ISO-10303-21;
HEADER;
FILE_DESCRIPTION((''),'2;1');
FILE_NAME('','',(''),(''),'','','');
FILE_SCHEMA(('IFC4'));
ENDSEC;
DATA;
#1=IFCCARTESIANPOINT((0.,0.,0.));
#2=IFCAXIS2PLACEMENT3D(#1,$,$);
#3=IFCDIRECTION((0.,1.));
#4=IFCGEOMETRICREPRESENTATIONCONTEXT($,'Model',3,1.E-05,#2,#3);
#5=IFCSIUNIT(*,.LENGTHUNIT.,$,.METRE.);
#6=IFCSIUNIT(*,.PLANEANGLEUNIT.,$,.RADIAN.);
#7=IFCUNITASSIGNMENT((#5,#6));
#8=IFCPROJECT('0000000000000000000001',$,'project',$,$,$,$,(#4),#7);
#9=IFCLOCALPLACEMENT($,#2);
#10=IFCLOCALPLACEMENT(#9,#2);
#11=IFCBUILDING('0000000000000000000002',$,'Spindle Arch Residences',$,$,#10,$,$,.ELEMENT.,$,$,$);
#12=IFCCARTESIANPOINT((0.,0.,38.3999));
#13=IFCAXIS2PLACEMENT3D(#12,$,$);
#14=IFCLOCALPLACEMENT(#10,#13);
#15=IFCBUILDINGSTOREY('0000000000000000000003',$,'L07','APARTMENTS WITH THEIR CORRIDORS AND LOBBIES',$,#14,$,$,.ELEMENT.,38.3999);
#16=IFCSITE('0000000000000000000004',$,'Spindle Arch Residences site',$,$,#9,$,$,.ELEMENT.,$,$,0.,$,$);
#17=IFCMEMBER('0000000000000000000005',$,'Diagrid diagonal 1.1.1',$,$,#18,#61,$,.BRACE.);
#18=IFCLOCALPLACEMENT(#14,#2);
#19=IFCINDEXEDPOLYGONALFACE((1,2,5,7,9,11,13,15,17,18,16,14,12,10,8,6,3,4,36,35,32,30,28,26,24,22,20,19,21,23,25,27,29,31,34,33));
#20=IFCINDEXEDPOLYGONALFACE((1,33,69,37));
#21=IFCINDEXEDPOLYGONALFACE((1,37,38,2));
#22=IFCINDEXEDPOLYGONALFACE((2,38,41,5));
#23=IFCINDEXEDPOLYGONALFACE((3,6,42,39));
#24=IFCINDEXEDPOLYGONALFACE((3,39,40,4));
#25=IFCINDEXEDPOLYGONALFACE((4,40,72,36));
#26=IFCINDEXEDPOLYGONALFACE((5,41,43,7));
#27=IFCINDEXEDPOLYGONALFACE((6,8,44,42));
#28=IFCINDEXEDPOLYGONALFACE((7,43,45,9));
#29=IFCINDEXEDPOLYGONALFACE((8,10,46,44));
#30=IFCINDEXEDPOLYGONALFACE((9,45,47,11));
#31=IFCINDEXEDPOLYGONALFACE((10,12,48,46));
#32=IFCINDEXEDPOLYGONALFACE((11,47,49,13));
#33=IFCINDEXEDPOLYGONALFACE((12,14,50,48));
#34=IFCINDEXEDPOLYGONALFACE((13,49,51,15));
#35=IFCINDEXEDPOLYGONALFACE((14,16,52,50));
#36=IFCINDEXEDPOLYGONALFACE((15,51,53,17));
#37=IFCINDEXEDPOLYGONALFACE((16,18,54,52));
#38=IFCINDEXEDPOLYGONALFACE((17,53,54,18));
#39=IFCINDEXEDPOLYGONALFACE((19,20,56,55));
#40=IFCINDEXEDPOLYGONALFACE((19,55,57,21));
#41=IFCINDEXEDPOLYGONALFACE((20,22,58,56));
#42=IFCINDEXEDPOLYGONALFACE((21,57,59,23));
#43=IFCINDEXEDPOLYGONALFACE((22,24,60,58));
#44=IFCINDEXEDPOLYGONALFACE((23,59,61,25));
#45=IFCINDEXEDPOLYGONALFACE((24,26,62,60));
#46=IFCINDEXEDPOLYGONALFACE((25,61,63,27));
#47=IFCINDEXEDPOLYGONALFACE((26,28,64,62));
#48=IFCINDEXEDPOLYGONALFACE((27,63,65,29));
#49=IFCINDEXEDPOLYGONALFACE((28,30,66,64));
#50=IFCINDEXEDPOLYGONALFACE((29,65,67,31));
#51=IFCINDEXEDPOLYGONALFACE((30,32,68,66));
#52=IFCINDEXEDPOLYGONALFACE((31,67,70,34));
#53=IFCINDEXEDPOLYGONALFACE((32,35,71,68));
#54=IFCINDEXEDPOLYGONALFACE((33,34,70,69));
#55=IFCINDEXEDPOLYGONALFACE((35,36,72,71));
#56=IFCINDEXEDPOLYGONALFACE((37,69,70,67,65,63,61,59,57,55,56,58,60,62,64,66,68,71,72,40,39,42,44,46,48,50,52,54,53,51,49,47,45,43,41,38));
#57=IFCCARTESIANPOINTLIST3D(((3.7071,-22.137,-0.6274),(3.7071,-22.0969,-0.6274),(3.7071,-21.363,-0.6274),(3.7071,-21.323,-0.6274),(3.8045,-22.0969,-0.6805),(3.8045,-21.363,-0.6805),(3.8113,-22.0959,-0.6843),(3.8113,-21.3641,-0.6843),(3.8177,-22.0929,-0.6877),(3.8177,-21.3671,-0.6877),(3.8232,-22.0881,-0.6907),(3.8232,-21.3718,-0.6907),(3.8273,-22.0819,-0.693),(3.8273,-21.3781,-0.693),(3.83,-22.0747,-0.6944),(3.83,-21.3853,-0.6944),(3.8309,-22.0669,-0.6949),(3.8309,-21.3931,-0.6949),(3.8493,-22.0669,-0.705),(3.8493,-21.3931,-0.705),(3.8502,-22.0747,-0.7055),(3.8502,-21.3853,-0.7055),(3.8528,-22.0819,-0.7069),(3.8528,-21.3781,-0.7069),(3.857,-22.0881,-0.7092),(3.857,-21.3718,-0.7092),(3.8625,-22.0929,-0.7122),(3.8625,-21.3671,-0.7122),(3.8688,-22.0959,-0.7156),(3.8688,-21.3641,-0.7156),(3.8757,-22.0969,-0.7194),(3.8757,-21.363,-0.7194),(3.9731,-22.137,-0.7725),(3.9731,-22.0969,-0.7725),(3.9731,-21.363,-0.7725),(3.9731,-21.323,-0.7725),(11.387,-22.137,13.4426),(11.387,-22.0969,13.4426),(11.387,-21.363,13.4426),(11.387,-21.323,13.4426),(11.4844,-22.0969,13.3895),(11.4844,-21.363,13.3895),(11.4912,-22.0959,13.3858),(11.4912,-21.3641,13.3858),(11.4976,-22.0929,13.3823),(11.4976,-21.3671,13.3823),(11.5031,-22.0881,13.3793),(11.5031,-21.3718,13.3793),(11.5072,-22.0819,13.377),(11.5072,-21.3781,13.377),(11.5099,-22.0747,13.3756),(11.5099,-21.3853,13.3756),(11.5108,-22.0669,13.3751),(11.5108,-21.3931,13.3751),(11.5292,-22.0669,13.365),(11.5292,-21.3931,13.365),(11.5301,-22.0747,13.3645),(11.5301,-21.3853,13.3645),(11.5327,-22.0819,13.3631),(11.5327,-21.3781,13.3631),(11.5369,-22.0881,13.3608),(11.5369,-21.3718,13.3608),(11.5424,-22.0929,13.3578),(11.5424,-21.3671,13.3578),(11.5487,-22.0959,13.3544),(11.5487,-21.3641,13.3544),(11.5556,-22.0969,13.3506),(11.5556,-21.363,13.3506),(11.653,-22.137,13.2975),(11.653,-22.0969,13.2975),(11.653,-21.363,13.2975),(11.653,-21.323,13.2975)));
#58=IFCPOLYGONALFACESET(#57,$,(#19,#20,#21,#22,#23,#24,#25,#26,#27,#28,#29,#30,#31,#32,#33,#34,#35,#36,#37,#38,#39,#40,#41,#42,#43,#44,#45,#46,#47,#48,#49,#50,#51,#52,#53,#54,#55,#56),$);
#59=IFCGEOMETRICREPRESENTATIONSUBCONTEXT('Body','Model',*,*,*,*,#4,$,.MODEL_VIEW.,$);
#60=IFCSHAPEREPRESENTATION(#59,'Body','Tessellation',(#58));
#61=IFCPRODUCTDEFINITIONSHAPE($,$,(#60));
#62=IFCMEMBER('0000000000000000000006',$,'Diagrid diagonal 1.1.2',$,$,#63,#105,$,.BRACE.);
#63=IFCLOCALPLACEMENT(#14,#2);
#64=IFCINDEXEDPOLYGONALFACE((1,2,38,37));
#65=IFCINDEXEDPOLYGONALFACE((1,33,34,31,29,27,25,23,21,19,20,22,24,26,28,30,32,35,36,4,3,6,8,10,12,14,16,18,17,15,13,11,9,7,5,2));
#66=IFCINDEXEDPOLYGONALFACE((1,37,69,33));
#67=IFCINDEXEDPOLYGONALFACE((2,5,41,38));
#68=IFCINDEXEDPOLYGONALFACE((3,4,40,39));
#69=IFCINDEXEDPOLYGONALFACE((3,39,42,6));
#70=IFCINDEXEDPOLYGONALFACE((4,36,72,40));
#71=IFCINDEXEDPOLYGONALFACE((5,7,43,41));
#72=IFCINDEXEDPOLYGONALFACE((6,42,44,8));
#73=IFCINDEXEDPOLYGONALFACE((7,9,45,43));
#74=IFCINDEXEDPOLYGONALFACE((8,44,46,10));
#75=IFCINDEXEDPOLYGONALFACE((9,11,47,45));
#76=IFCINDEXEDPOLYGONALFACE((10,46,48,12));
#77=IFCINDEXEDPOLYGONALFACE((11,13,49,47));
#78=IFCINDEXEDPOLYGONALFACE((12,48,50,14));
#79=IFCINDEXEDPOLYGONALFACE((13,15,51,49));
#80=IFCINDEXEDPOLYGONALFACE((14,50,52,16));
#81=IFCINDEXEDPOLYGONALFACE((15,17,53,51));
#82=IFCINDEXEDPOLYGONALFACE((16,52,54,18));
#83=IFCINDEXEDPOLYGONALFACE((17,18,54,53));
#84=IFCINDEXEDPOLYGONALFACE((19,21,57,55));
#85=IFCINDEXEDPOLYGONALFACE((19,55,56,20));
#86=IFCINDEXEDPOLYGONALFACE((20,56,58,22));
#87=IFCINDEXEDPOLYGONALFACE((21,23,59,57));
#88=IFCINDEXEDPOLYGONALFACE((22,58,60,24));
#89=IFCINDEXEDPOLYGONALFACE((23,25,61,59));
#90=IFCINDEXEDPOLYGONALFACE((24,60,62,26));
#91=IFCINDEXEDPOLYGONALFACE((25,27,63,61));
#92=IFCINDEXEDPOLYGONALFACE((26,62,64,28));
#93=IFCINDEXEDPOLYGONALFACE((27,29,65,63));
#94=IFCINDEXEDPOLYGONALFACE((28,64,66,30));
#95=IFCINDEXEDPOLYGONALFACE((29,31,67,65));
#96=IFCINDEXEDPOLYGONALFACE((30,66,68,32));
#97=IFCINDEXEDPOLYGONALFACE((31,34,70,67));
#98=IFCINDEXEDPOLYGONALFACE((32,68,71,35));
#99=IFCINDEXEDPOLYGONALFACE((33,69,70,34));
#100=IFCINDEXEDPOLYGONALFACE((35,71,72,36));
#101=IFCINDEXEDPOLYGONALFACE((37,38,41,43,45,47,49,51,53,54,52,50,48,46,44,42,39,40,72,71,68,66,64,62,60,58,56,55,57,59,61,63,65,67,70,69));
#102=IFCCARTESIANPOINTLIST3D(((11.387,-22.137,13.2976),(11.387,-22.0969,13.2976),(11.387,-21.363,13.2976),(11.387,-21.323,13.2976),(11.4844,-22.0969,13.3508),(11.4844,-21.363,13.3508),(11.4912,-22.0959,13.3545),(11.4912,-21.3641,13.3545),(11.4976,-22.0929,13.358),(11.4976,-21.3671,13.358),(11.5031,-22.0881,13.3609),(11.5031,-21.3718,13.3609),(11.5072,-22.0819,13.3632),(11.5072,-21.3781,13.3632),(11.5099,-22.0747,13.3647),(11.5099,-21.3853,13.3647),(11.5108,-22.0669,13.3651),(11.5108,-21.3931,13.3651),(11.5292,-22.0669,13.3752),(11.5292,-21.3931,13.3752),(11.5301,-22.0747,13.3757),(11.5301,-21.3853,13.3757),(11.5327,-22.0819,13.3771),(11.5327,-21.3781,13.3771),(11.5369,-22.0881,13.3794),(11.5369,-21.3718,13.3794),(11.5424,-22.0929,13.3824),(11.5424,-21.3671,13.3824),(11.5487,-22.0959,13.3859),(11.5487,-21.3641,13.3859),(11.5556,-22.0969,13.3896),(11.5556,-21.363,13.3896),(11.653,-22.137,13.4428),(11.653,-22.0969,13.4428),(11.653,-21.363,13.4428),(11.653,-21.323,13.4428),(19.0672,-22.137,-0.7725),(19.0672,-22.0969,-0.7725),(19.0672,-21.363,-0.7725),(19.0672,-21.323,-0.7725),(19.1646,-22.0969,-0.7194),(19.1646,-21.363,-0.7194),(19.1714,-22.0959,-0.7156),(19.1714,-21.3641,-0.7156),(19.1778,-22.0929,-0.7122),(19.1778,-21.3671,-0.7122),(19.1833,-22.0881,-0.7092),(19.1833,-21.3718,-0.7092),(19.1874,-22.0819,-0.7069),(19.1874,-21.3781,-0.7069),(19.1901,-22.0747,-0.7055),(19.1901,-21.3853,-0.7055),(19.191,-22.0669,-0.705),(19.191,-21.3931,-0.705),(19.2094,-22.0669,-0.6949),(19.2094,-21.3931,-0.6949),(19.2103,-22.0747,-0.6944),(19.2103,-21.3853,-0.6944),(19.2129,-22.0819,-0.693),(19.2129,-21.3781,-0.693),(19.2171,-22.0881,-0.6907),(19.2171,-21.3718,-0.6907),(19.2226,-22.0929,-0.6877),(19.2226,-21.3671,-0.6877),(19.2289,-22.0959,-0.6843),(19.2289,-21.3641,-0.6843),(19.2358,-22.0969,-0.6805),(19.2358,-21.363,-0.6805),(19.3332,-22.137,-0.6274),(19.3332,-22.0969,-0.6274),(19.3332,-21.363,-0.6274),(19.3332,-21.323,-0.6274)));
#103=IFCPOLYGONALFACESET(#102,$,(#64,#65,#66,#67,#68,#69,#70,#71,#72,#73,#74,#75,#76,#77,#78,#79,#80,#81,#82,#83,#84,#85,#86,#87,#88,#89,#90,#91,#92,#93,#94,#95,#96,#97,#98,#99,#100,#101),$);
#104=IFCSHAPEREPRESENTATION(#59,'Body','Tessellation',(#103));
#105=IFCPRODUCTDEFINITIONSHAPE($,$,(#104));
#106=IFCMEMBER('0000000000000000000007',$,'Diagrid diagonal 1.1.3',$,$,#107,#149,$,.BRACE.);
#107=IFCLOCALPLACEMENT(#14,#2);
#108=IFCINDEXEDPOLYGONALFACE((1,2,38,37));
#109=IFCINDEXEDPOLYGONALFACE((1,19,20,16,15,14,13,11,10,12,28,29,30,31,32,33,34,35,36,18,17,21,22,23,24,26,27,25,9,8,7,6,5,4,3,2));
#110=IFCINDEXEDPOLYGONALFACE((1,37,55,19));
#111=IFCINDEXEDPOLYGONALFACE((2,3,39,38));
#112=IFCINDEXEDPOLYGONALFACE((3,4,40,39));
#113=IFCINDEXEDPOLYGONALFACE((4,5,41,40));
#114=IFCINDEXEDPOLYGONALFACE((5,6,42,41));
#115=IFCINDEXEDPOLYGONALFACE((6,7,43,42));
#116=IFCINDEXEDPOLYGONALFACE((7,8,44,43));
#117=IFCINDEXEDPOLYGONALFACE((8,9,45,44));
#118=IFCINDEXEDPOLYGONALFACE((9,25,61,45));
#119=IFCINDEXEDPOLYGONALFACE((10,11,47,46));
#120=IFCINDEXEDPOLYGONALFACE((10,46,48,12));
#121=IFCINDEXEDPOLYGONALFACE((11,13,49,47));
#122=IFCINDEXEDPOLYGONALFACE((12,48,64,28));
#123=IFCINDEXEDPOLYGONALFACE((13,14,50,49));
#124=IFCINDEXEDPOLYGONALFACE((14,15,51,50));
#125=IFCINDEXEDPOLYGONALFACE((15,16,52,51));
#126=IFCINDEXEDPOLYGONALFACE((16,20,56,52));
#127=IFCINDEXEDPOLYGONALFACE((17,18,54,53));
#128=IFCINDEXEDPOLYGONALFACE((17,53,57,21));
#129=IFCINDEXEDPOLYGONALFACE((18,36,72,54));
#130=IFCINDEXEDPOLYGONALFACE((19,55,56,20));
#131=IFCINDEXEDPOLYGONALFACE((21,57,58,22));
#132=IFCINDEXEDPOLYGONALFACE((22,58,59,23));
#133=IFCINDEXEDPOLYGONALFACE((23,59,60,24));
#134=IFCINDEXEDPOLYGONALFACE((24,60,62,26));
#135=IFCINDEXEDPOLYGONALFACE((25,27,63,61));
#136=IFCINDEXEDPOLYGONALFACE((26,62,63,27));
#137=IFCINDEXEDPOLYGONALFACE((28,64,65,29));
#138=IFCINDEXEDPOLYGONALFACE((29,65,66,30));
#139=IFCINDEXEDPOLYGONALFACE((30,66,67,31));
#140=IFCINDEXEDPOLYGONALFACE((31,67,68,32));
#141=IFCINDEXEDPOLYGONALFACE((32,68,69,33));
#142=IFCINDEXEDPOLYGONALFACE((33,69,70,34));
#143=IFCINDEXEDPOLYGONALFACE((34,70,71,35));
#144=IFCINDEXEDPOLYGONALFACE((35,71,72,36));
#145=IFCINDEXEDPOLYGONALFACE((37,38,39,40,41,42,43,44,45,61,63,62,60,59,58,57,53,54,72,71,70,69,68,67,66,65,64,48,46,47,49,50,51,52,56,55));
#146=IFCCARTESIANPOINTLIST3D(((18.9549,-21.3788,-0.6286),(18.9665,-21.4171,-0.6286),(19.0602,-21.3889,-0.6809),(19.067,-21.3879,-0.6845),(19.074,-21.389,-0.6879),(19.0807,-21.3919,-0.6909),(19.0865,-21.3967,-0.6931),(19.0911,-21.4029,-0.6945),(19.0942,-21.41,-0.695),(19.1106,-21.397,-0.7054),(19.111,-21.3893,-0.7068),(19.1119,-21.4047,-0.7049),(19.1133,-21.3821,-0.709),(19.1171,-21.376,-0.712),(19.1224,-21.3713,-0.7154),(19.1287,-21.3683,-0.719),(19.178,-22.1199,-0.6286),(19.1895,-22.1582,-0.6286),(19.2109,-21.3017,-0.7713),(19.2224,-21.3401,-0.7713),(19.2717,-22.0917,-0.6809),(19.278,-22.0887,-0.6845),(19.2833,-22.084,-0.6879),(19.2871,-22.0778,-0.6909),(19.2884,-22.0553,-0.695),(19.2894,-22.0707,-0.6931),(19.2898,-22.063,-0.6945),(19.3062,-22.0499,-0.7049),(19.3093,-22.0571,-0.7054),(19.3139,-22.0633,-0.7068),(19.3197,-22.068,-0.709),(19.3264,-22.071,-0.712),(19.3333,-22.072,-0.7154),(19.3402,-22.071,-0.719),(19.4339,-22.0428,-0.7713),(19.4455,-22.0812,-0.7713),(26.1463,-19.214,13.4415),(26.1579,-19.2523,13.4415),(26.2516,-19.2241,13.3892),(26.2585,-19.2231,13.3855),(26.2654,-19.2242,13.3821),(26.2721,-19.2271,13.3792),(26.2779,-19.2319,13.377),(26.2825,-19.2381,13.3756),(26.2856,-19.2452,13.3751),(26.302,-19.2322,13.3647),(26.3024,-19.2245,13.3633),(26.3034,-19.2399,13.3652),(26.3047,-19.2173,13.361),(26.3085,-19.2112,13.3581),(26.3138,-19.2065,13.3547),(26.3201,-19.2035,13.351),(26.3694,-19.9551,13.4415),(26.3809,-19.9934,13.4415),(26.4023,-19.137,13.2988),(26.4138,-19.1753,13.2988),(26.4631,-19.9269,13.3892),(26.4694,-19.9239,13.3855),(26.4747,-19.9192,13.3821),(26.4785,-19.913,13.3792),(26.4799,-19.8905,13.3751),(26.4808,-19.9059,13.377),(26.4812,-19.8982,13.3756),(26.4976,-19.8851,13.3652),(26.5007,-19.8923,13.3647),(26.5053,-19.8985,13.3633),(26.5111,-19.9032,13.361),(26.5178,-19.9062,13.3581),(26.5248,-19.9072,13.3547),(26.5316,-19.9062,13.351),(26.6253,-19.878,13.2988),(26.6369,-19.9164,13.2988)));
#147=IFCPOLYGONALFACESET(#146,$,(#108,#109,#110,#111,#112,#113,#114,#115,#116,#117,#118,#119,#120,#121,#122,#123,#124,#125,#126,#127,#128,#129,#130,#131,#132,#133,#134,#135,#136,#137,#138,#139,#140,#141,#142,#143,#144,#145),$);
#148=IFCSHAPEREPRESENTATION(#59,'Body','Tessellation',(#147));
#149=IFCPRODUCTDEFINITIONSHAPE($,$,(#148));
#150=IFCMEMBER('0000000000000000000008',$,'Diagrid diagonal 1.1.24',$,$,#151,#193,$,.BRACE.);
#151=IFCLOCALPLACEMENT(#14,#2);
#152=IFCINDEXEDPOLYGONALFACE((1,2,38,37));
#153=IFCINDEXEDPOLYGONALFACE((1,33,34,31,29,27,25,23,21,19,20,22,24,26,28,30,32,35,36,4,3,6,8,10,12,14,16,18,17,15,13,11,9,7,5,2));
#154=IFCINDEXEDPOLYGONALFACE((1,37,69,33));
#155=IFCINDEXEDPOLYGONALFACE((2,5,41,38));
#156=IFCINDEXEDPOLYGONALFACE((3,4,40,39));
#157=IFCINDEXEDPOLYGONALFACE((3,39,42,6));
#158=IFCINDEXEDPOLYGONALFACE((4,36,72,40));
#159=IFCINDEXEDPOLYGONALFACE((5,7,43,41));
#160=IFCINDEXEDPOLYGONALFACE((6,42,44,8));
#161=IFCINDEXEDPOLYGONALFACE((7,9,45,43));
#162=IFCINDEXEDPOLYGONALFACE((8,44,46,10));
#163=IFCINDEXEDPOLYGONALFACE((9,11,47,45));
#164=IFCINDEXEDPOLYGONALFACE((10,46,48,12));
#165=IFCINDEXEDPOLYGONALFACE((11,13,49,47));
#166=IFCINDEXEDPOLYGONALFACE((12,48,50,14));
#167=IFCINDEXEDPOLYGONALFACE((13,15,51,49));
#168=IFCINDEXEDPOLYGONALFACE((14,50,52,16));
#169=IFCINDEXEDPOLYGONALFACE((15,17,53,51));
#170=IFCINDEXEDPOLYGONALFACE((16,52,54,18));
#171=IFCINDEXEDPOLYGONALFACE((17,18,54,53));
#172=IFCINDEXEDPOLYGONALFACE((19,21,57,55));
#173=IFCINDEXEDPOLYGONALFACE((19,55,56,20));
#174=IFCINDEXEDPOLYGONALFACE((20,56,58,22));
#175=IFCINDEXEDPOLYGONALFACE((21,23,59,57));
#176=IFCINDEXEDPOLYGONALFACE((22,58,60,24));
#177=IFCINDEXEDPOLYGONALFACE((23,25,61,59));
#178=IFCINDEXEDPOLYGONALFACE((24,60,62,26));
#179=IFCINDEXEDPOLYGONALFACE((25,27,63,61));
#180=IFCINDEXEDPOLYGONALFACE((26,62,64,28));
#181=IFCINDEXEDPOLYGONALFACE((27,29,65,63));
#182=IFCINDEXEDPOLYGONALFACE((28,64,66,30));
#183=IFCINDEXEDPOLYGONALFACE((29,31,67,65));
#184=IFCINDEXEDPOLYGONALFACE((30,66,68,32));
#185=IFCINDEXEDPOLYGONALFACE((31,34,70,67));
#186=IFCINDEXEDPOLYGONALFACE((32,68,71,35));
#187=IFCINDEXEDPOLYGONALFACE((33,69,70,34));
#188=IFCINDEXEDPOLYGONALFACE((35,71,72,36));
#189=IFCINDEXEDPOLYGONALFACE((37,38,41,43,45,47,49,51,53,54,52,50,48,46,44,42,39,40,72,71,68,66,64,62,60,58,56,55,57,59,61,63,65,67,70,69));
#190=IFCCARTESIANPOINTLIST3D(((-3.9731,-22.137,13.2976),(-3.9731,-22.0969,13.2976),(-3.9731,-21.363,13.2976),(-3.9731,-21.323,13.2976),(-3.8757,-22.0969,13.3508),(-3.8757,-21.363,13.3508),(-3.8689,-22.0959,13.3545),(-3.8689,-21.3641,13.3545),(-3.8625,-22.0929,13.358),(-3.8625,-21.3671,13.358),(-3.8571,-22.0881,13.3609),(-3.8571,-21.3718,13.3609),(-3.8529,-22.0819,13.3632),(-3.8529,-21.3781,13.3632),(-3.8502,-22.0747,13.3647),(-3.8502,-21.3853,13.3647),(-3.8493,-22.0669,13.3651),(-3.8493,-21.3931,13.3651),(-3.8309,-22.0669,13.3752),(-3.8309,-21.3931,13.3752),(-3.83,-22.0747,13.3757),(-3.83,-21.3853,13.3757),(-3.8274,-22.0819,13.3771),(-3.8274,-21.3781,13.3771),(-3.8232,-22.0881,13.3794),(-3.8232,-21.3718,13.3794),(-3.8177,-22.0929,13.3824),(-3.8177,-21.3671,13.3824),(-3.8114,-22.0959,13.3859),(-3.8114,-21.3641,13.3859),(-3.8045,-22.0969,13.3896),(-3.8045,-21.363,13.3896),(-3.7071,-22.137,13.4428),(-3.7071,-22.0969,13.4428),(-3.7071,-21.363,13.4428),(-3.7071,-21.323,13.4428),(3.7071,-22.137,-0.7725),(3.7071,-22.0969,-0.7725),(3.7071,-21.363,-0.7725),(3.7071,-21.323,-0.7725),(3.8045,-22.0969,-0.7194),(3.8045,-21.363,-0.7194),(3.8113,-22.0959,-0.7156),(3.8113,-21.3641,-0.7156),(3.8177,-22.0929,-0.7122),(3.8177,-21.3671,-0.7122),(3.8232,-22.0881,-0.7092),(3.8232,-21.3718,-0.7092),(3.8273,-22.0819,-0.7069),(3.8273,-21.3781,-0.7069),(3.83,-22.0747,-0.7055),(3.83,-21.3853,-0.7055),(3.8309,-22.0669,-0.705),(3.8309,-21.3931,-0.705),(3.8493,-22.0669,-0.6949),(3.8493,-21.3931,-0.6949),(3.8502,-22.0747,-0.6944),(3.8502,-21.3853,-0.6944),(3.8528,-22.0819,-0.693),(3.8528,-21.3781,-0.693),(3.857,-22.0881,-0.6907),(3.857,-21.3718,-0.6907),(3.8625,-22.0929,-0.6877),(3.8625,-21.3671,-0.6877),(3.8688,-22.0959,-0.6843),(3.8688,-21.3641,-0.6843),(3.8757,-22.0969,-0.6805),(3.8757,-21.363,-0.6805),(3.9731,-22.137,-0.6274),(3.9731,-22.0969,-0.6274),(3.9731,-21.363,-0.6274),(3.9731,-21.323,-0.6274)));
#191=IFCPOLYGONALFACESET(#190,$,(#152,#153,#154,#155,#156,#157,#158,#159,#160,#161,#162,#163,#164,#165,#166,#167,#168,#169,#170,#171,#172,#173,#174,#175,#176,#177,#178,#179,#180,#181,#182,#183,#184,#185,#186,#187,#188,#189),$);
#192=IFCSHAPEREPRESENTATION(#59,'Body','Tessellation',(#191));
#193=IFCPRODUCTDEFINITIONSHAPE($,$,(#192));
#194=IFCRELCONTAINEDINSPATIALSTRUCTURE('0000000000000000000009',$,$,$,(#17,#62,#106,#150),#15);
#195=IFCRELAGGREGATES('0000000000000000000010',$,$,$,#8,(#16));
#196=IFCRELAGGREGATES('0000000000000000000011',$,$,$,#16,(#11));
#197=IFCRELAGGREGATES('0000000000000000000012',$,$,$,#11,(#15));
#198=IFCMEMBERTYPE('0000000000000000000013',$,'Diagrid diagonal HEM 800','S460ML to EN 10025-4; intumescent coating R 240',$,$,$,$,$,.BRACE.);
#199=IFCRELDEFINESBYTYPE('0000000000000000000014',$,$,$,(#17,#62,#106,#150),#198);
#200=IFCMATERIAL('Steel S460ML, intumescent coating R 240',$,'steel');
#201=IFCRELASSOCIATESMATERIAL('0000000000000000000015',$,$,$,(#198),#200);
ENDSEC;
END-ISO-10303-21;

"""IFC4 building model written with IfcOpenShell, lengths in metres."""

from ifc_helpers import new_model, si_unit, direction, frame, origin, origin_2d, place, context, subcontext, project, spatial, i_section, extrude, material, material_profile, profile_set, type_object, element, save


model = new_model("IFC4")

# Units and contexts
model_context = context("Model", 3, precision=1e-05, world=origin(), true_north=direction((0.0, 1.0)))
body_context = subcontext(model_context, "Body", "Model", "MODEL_VIEW")
ifc_project = project(units=[si_unit("LENGTHUNIT", "METRE"), si_unit("PLANEANGLEUNIT", "RADIAN")], contexts=[model_context])

# Site, building, storey
site_placement = place(None, origin())
site = spatial("IfcSite", under=ifc_project, at=site_placement, Name="Spindle Arch Residences site", CompositionType="ELEMENT", RefElevation=0.0)
building_placement = place(site_placement, origin())
building = spatial("IfcBuilding", under=site, at=building_placement, Name="Spindle Arch Residences", CompositionType="ELEMENT")
storey_placement = place(building_placement, frame((0.0, 0.0, 38.3999)))
storey = spatial("IfcBuildingStorey", under=building, at=storey_placement, Name="L07", Description="APARTMENTS WITH THEIR CORRIDORS AND LOBBIES", CompositionType="ELEMENT", Elevation=38.3999)

# Members
ifc_material_1 = material(Name="Steel S460ML, intumescent coating R 240", Category="steel")
ifc_material_profile_1 = material_profile(ifc_material_1, i_section(OverallWidth=0.303, OverallDepth=0.814, WebThickness=0.021, FlangeThickness=0.04, FilletRadius=0.03, at=origin_2d()), Name="HEM 800")
ifc_profile_set_1 = profile_set([ifc_material_profile_1], Name="Steel S460ML, intumescent coating R 240")
member_type_1 = type_object("IfcMemberType", Name="Diagrid diagonal HEM 800", Description="S460ML to EN 10025-4; intumescent coating R 240", PredefinedType="BRACE", material=ifc_profile_set_1)
member_1_placement = place(storey_placement, frame((3.8401, -21.73, -0.7), z_axis=(0.479109, 0.0, 0.877755), x_axis=(-0.877755, 0.0, 0.479109)))
element("IfcMember", 1, at=member_1_placement, inside=storey, type_object=member_type_1, Name="Diagrid diagonal 1.1.1", PredefinedType="BRACE", context=body_context, shape_type="SweptSolid", body=[
    extrude(i_section(OverallWidth=0.303, OverallDepth=0.814, WebThickness=0.021, FlangeThickness=0.04, FilletRadius=0.03, at=origin_2d()), origin(), (0.0, 0.0, 1.0), 16.0295),
])
member_2_placement = place(storey_placement, frame((19.2002, -21.73, -0.7), z_axis=(-0.479121, 0.0, 0.877749), x_axis=(0.877749, 0.0, 0.479121)))
element("IfcMember", 2, at=member_2_placement, inside=storey, type_object=member_type_1, Name="Diagrid diagonal 1.1.2", PredefinedType="BRACE", context=body_context, shape_type="SweptSolid", body=[
    extrude(i_section(OverallWidth=0.303, OverallDepth=0.814, WebThickness=0.021, FlangeThickness=0.04, FilletRadius=0.03, at=origin_2d()), origin(), (0.0, 0.0, 1.0), 16.0298),
])
member_3_placement = place(storey_placement, frame((19.2002, -21.73, -0.7), z_axis=(0.450901, 0.135733, 0.882193), x_axis=(-0.844749, -0.254291, 0.470888)))
element("IfcMember", 3, at=member_3_placement, inside=storey, type_object=member_type_1, Name="Diagrid diagonal 1.1.3", PredefinedType="BRACE", context=body_context, shape_type="SweptSolid", body=[
    extrude(i_section(OverallWidth=0.303, OverallDepth=0.814, WebThickness=0.021, FlangeThickness=0.04, FilletRadius=0.03, at=origin_2d()), origin(), (0.0, 0.0, 1.0), 15.949),
])
member_4_placement = place(storey_placement, frame((3.8401, -21.73, -0.7), z_axis=(-0.479121, 0.0, 0.877749), x_axis=(0.877749, 0.0, 0.479121)))
element("IfcMember", 4, at=member_4_placement, inside=storey, type_object=member_type_1, Name="Diagrid diagonal 1.1.24", PredefinedType="BRACE", context=body_context, shape_type="SweptSolid", body=[
    extrude(i_section(OverallWidth=0.303, OverallDepth=0.814, WebThickness=0.021, FlangeThickness=0.04, FilletRadius=0.03, at=origin_2d()), origin(), (0.0, 0.0, 1.0), 16.0298),
])

save(model, "model.ifc")
